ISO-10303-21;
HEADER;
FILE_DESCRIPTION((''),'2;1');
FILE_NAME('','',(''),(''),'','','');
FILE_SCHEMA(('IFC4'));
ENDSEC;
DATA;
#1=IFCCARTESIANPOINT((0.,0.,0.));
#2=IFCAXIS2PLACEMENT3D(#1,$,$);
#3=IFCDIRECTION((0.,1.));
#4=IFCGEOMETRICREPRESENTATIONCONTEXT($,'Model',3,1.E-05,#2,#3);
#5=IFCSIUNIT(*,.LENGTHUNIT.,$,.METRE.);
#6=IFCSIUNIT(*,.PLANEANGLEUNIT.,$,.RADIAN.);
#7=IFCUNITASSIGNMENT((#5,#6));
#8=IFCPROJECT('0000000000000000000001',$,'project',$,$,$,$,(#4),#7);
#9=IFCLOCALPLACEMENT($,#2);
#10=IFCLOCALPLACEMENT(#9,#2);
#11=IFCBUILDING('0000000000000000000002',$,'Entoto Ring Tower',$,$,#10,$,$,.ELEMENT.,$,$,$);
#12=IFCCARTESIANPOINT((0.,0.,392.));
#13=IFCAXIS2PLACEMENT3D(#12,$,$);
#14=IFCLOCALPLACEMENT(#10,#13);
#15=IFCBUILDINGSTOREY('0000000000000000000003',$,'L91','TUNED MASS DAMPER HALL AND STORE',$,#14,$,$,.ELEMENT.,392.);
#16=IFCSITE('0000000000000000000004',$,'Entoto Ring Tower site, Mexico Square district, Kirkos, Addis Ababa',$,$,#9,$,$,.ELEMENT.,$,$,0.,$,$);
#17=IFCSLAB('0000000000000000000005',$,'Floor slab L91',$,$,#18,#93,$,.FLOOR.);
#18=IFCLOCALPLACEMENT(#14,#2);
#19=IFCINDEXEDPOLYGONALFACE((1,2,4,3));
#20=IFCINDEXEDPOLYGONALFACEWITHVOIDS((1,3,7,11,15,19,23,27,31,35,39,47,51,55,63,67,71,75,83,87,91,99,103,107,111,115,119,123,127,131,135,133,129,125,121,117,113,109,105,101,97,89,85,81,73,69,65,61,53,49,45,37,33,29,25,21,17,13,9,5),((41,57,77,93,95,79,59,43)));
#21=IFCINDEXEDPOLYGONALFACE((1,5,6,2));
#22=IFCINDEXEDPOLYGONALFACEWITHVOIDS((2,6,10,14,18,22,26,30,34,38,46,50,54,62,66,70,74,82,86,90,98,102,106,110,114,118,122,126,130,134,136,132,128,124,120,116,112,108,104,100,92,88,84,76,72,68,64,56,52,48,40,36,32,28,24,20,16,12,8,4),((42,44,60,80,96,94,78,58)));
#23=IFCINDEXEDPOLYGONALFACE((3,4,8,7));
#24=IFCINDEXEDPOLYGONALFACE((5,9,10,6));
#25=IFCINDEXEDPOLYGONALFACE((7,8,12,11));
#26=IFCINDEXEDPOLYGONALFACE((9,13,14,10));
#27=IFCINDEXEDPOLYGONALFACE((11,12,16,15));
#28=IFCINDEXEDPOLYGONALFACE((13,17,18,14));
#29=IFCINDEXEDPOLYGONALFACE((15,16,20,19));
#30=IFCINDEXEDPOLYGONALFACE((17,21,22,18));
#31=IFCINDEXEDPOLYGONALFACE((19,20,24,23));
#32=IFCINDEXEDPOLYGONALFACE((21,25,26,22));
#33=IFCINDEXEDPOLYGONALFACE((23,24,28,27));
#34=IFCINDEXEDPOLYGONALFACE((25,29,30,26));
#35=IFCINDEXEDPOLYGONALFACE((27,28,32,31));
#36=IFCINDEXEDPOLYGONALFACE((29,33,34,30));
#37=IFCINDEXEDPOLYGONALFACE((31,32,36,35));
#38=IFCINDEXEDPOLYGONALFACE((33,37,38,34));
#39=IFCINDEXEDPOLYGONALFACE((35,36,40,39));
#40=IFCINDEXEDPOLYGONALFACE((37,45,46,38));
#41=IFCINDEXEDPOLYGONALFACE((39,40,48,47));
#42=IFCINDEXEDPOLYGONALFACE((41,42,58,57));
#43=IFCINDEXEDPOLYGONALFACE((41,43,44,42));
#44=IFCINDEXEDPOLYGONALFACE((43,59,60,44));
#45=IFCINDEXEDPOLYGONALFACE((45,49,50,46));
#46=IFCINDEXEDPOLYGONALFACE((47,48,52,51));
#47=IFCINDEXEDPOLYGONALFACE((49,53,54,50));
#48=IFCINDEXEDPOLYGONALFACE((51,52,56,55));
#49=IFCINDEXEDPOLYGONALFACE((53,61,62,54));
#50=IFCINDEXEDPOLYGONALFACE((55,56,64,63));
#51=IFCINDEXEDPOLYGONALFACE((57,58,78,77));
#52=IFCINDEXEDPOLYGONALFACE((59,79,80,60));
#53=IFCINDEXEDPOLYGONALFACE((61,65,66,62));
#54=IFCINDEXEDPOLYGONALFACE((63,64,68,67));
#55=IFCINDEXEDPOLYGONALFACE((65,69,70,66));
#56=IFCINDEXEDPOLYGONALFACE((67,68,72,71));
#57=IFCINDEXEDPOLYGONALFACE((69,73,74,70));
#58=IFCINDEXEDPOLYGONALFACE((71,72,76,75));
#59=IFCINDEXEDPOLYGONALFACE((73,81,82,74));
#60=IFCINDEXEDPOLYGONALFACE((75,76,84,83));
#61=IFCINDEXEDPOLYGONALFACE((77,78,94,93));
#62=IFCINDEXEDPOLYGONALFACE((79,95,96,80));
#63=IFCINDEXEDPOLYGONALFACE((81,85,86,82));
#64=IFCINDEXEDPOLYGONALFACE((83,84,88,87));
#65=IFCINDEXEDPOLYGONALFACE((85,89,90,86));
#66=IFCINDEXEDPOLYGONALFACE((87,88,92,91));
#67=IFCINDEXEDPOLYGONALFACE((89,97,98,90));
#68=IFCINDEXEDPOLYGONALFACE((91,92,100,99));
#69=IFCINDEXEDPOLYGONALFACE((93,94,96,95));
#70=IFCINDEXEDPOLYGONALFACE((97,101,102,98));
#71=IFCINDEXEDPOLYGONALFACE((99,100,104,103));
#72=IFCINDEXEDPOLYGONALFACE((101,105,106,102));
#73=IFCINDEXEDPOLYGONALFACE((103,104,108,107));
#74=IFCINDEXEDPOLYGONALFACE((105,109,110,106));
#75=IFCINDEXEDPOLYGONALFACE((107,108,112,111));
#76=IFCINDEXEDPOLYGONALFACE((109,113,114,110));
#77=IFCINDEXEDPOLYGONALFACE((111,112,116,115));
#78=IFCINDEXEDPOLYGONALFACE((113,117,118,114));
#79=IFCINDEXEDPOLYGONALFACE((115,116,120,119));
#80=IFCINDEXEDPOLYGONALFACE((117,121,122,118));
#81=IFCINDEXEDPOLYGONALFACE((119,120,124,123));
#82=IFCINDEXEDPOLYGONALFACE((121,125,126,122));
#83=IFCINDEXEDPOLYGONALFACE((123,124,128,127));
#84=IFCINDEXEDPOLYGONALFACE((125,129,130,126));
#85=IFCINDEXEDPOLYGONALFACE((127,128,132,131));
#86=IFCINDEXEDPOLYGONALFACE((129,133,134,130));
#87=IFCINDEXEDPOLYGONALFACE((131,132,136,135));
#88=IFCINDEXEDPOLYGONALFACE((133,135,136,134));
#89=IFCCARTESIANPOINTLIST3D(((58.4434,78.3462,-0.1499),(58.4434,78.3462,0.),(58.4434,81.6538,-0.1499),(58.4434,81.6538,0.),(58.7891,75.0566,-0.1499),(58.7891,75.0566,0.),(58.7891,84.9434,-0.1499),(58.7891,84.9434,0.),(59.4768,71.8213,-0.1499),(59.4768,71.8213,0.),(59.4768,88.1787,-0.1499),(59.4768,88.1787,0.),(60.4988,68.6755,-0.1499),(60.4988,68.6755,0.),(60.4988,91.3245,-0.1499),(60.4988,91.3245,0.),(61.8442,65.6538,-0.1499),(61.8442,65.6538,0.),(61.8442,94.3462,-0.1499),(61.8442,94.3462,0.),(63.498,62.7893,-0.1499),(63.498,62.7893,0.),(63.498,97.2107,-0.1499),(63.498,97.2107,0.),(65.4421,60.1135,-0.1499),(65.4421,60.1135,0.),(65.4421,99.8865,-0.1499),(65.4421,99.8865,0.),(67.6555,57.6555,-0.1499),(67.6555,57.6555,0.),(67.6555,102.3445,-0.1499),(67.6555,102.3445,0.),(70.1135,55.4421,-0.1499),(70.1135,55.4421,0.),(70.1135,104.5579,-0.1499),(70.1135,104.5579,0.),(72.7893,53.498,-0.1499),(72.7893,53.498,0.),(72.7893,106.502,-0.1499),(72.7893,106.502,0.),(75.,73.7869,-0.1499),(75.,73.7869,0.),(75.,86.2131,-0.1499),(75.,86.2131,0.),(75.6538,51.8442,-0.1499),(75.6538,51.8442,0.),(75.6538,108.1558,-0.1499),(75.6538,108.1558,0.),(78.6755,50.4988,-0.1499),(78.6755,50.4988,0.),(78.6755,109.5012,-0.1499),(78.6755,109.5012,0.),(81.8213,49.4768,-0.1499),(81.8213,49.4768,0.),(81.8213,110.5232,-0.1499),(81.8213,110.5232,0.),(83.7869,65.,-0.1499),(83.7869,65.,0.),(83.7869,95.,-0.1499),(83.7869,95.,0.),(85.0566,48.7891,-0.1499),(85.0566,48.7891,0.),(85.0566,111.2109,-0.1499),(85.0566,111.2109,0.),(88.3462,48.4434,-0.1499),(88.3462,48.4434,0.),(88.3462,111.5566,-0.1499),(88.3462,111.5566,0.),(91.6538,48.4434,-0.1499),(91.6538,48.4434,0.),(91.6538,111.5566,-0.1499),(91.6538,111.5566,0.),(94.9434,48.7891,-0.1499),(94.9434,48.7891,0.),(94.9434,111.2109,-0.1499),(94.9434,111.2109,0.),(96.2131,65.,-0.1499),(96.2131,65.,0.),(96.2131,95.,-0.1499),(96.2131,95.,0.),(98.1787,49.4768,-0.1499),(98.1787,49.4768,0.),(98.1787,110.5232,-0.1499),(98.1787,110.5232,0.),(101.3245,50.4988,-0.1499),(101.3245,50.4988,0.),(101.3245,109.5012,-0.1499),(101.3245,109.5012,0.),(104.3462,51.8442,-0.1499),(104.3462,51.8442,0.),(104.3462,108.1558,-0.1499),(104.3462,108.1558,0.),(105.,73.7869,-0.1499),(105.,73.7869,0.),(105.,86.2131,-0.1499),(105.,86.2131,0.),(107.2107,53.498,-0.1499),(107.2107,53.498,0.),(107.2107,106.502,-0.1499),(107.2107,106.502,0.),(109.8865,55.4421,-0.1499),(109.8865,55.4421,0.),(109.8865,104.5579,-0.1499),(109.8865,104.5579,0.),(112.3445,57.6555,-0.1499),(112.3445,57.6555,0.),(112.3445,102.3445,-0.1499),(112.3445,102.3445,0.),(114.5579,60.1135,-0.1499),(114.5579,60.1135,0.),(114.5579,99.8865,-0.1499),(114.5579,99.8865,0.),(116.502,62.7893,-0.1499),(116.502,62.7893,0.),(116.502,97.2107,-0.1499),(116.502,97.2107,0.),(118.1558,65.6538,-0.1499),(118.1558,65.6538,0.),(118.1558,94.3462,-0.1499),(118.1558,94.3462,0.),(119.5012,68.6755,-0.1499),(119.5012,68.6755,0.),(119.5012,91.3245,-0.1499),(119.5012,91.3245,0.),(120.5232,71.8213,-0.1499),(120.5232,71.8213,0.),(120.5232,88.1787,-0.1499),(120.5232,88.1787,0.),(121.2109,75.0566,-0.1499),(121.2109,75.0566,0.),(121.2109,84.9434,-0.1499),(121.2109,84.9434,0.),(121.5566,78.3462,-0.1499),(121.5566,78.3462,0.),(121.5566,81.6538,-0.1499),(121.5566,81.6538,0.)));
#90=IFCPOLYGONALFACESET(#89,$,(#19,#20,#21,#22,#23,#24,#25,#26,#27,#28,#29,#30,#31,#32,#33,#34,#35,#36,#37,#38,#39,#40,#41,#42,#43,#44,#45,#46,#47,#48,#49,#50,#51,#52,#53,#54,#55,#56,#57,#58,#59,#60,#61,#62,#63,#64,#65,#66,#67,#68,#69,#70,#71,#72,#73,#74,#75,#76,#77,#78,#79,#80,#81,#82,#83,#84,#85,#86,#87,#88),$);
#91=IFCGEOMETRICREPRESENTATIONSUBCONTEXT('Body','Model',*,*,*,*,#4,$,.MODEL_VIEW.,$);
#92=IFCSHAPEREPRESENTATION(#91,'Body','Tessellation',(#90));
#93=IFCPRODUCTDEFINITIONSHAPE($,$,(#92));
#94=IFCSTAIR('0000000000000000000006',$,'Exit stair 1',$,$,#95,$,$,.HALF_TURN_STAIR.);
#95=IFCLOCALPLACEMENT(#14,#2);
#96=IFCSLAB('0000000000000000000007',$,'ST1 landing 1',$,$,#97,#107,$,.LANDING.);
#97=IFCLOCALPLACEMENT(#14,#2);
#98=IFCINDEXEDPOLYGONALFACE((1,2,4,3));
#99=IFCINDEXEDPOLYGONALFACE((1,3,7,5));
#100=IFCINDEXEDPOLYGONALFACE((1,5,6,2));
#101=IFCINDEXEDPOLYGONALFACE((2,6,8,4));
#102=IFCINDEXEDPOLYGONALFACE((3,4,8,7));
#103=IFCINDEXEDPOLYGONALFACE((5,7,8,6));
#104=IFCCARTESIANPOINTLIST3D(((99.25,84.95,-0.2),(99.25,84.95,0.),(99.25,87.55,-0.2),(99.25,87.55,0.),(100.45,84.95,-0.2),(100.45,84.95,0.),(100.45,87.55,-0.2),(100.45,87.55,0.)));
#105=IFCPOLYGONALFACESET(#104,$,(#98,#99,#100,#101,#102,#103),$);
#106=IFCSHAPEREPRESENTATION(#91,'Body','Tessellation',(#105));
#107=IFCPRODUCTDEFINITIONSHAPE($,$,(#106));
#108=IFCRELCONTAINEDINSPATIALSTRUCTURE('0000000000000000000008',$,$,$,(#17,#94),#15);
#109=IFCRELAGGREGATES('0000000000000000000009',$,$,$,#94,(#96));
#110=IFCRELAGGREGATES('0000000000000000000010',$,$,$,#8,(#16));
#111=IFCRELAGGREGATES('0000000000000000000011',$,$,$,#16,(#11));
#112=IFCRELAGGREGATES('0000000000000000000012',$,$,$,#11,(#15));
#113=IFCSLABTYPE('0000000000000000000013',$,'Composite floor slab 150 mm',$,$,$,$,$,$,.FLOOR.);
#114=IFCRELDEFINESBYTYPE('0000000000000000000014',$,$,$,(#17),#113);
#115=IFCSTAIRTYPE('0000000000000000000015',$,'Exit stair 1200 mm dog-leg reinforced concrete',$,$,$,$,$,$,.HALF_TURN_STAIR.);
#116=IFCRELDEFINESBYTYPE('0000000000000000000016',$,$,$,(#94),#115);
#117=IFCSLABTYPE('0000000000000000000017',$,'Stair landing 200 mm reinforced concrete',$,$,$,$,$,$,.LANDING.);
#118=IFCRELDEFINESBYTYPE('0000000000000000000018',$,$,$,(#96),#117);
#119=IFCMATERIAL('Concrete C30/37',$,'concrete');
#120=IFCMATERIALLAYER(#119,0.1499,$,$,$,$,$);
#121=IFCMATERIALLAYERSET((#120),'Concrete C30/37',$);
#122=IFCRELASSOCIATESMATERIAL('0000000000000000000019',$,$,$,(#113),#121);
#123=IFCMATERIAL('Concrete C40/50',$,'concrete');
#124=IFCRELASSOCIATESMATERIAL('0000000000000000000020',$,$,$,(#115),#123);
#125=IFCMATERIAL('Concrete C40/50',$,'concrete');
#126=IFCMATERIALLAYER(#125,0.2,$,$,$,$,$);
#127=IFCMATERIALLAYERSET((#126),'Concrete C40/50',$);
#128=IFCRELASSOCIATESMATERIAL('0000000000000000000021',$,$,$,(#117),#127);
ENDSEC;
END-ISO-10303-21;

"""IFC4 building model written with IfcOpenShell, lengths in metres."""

from ifc_helpers import new_model, si_unit, direction, frame, origin, place, context, subcontext, project, spatial, polyline, outline, extrude, material, layer, layer_set, type_object, element, aggregate, save


model = new_model("IFC4")

# Units and contexts
model_context = context("Model", 3, precision=1e-05, world=origin(), true_north=direction((0.0, 1.0)))
body_context = subcontext(model_context, "Body", "Model", "MODEL_VIEW")
ifc_project = project(units=[si_unit("LENGTHUNIT", "METRE"), si_unit("PLANEANGLEUNIT", "RADIAN")], contexts=[model_context])

# Site, building, storey
site_placement = place(None, origin())
building_placement = place(site_placement, origin())
storey_placement = place(building_placement, frame((0.0, 0.0, 392.0)))
site = spatial("IfcSite", under=ifc_project, at=site_placement, Name="Entoto Ring Tower site, Mexico Square district, Kirkos, Addis Ababa", CompositionType="ELEMENT", RefElevation=0.0)
building = spatial("IfcBuilding", under=site, at=building_placement, Name="Entoto Ring Tower", CompositionType="ELEMENT")
storey = spatial("IfcBuildingStorey", under=building, at=storey_placement, Name="L91", Description="TUNED MASS DAMPER HALL AND STORE", CompositionType="ELEMENT", Elevation=392.0)

# Slab
ifc_material_1 = material(Name="Concrete C30/37", Category="concrete")
ifc_layer_1 = layer(ifc_material_1, 0.1499)
ifc_layer_set_1 = layer_set([ifc_layer_1], Name="Concrete C30/37")
slab_type_1 = type_object("IfcSlabType", Name="Composite floor slab 150 mm", PredefinedType="FLOOR", material=ifc_layer_set_1)
slab_1_placement = place(storey_placement, frame((0.0, 0.0, -0.1499)))
element("IfcSlab", 1, at=slab_1_placement, inside=storey, type_object=slab_type_1, Name="Floor slab L91", PredefinedType="FLOOR", context=body_context, shape_type="SweptSolid", body=[
    extrude(outline(polyline([(121.2109, 84.9434), (120.5232, 88.1787), (119.5012, 91.3245), (118.1558, 94.3462), (116.502, 97.2107), (114.5579, 99.8865), (112.3445, 102.3445), (109.8865, 104.5579), (107.2107, 106.502), (104.3462, 108.1558), (101.3245, 109.5012), (98.1787, 110.5232), (94.9434, 111.2109), (91.6538, 111.5566), (88.3462, 111.5566), (85.0566, 111.2109), (81.8213, 110.5232), (78.6755, 109.5012), (75.6538, 108.1558), (72.7893, 106.502), (70.1135, 104.5579), (67.6555, 102.3445), (65.4421, 99.8865), (63.498, 97.2107), (61.8442, 94.3462), (60.4988, 91.3245), (59.4768, 88.1787), (58.7891, 84.9434), (58.4434, 81.6538), (58.4434, 78.3462), (58.7891, 75.0566), (59.4768, 71.8213), (60.4988, 68.6755), (61.8442, 65.6538), (63.498, 62.7893), (65.4421, 60.1135), (67.6555, 57.6555), (70.1135, 55.4421), (72.7893, 53.498), (75.6538, 51.8442), (78.6755, 50.4988), (81.8213, 49.4768), (85.0566, 48.7891), (88.3462, 48.4434), (91.6538, 48.4434), (94.9434, 48.7891), (98.1787, 49.4768), (101.3245, 50.4988), (104.3462, 51.8442), (107.2107, 53.498), (109.8865, 55.4421), (112.3445, 57.6555), (114.5579, 60.1135), (116.502, 62.7893), (118.1558, 65.6538), (119.5012, 68.6755), (120.5232, 71.8213), (121.2109, 75.0566), (121.5566, 78.3462), (121.5566, 81.6538), (121.2109, 84.9434)]), holes=[polyline([(105.0, 73.7869), (105.0, 86.2131), (96.2131, 95.0), (83.7869, 95.0), (75.0, 86.2131), (75.0, 73.7869), (83.7869, 65.0), (96.2131, 65.0), (105.0, 73.7869)])]), origin(), (0.0, 0.0, 1.0), 0.1499),
])

# Stair, slab
ifc_material_2 = material(Name="Concrete C40/50", Category="concrete")
stair_type = type_object("IfcStairType", Name="Exit stair 1200 mm dog-leg reinforced concrete", PredefinedType="HALF_TURN_STAIR", material=ifc_material_2)
stair_placement = place(storey_placement, origin())
stair = element("IfcStair", 2, at=stair_placement, inside=storey, type_object=stair_type, Name="Exit stair 1", PredefinedType="HALF_TURN_STAIR")
ifc_material_3 = material(Name="Concrete C40/50", Category="concrete")
ifc_layer_2 = layer(ifc_material_3, 0.2)
ifc_layer_set_2 = layer_set([ifc_layer_2], Name="Concrete C40/50")
slab_type_2 = type_object("IfcSlabType", Name="Stair landing 200 mm reinforced concrete", PredefinedType="LANDING", material=ifc_layer_set_2)
slab_2_placement = place(storey_placement, frame((0.0, 0.0, -0.2)))
slab_2 = element("IfcSlab", 3, at=slab_2_placement, type_object=slab_type_2, Name="ST1 landing 1", PredefinedType="LANDING", context=body_context, shape_type="SweptSolid", body=[
    extrude(outline(polyline([(100.45, 84.95), (100.45, 87.55), (99.25, 87.55), (99.25, 84.95), (100.45, 84.95)])), origin(), (0.0, 0.0, 1.0), 0.2),
])
aggregate(stair, [slab_2])

save(model, "model.ifc")
